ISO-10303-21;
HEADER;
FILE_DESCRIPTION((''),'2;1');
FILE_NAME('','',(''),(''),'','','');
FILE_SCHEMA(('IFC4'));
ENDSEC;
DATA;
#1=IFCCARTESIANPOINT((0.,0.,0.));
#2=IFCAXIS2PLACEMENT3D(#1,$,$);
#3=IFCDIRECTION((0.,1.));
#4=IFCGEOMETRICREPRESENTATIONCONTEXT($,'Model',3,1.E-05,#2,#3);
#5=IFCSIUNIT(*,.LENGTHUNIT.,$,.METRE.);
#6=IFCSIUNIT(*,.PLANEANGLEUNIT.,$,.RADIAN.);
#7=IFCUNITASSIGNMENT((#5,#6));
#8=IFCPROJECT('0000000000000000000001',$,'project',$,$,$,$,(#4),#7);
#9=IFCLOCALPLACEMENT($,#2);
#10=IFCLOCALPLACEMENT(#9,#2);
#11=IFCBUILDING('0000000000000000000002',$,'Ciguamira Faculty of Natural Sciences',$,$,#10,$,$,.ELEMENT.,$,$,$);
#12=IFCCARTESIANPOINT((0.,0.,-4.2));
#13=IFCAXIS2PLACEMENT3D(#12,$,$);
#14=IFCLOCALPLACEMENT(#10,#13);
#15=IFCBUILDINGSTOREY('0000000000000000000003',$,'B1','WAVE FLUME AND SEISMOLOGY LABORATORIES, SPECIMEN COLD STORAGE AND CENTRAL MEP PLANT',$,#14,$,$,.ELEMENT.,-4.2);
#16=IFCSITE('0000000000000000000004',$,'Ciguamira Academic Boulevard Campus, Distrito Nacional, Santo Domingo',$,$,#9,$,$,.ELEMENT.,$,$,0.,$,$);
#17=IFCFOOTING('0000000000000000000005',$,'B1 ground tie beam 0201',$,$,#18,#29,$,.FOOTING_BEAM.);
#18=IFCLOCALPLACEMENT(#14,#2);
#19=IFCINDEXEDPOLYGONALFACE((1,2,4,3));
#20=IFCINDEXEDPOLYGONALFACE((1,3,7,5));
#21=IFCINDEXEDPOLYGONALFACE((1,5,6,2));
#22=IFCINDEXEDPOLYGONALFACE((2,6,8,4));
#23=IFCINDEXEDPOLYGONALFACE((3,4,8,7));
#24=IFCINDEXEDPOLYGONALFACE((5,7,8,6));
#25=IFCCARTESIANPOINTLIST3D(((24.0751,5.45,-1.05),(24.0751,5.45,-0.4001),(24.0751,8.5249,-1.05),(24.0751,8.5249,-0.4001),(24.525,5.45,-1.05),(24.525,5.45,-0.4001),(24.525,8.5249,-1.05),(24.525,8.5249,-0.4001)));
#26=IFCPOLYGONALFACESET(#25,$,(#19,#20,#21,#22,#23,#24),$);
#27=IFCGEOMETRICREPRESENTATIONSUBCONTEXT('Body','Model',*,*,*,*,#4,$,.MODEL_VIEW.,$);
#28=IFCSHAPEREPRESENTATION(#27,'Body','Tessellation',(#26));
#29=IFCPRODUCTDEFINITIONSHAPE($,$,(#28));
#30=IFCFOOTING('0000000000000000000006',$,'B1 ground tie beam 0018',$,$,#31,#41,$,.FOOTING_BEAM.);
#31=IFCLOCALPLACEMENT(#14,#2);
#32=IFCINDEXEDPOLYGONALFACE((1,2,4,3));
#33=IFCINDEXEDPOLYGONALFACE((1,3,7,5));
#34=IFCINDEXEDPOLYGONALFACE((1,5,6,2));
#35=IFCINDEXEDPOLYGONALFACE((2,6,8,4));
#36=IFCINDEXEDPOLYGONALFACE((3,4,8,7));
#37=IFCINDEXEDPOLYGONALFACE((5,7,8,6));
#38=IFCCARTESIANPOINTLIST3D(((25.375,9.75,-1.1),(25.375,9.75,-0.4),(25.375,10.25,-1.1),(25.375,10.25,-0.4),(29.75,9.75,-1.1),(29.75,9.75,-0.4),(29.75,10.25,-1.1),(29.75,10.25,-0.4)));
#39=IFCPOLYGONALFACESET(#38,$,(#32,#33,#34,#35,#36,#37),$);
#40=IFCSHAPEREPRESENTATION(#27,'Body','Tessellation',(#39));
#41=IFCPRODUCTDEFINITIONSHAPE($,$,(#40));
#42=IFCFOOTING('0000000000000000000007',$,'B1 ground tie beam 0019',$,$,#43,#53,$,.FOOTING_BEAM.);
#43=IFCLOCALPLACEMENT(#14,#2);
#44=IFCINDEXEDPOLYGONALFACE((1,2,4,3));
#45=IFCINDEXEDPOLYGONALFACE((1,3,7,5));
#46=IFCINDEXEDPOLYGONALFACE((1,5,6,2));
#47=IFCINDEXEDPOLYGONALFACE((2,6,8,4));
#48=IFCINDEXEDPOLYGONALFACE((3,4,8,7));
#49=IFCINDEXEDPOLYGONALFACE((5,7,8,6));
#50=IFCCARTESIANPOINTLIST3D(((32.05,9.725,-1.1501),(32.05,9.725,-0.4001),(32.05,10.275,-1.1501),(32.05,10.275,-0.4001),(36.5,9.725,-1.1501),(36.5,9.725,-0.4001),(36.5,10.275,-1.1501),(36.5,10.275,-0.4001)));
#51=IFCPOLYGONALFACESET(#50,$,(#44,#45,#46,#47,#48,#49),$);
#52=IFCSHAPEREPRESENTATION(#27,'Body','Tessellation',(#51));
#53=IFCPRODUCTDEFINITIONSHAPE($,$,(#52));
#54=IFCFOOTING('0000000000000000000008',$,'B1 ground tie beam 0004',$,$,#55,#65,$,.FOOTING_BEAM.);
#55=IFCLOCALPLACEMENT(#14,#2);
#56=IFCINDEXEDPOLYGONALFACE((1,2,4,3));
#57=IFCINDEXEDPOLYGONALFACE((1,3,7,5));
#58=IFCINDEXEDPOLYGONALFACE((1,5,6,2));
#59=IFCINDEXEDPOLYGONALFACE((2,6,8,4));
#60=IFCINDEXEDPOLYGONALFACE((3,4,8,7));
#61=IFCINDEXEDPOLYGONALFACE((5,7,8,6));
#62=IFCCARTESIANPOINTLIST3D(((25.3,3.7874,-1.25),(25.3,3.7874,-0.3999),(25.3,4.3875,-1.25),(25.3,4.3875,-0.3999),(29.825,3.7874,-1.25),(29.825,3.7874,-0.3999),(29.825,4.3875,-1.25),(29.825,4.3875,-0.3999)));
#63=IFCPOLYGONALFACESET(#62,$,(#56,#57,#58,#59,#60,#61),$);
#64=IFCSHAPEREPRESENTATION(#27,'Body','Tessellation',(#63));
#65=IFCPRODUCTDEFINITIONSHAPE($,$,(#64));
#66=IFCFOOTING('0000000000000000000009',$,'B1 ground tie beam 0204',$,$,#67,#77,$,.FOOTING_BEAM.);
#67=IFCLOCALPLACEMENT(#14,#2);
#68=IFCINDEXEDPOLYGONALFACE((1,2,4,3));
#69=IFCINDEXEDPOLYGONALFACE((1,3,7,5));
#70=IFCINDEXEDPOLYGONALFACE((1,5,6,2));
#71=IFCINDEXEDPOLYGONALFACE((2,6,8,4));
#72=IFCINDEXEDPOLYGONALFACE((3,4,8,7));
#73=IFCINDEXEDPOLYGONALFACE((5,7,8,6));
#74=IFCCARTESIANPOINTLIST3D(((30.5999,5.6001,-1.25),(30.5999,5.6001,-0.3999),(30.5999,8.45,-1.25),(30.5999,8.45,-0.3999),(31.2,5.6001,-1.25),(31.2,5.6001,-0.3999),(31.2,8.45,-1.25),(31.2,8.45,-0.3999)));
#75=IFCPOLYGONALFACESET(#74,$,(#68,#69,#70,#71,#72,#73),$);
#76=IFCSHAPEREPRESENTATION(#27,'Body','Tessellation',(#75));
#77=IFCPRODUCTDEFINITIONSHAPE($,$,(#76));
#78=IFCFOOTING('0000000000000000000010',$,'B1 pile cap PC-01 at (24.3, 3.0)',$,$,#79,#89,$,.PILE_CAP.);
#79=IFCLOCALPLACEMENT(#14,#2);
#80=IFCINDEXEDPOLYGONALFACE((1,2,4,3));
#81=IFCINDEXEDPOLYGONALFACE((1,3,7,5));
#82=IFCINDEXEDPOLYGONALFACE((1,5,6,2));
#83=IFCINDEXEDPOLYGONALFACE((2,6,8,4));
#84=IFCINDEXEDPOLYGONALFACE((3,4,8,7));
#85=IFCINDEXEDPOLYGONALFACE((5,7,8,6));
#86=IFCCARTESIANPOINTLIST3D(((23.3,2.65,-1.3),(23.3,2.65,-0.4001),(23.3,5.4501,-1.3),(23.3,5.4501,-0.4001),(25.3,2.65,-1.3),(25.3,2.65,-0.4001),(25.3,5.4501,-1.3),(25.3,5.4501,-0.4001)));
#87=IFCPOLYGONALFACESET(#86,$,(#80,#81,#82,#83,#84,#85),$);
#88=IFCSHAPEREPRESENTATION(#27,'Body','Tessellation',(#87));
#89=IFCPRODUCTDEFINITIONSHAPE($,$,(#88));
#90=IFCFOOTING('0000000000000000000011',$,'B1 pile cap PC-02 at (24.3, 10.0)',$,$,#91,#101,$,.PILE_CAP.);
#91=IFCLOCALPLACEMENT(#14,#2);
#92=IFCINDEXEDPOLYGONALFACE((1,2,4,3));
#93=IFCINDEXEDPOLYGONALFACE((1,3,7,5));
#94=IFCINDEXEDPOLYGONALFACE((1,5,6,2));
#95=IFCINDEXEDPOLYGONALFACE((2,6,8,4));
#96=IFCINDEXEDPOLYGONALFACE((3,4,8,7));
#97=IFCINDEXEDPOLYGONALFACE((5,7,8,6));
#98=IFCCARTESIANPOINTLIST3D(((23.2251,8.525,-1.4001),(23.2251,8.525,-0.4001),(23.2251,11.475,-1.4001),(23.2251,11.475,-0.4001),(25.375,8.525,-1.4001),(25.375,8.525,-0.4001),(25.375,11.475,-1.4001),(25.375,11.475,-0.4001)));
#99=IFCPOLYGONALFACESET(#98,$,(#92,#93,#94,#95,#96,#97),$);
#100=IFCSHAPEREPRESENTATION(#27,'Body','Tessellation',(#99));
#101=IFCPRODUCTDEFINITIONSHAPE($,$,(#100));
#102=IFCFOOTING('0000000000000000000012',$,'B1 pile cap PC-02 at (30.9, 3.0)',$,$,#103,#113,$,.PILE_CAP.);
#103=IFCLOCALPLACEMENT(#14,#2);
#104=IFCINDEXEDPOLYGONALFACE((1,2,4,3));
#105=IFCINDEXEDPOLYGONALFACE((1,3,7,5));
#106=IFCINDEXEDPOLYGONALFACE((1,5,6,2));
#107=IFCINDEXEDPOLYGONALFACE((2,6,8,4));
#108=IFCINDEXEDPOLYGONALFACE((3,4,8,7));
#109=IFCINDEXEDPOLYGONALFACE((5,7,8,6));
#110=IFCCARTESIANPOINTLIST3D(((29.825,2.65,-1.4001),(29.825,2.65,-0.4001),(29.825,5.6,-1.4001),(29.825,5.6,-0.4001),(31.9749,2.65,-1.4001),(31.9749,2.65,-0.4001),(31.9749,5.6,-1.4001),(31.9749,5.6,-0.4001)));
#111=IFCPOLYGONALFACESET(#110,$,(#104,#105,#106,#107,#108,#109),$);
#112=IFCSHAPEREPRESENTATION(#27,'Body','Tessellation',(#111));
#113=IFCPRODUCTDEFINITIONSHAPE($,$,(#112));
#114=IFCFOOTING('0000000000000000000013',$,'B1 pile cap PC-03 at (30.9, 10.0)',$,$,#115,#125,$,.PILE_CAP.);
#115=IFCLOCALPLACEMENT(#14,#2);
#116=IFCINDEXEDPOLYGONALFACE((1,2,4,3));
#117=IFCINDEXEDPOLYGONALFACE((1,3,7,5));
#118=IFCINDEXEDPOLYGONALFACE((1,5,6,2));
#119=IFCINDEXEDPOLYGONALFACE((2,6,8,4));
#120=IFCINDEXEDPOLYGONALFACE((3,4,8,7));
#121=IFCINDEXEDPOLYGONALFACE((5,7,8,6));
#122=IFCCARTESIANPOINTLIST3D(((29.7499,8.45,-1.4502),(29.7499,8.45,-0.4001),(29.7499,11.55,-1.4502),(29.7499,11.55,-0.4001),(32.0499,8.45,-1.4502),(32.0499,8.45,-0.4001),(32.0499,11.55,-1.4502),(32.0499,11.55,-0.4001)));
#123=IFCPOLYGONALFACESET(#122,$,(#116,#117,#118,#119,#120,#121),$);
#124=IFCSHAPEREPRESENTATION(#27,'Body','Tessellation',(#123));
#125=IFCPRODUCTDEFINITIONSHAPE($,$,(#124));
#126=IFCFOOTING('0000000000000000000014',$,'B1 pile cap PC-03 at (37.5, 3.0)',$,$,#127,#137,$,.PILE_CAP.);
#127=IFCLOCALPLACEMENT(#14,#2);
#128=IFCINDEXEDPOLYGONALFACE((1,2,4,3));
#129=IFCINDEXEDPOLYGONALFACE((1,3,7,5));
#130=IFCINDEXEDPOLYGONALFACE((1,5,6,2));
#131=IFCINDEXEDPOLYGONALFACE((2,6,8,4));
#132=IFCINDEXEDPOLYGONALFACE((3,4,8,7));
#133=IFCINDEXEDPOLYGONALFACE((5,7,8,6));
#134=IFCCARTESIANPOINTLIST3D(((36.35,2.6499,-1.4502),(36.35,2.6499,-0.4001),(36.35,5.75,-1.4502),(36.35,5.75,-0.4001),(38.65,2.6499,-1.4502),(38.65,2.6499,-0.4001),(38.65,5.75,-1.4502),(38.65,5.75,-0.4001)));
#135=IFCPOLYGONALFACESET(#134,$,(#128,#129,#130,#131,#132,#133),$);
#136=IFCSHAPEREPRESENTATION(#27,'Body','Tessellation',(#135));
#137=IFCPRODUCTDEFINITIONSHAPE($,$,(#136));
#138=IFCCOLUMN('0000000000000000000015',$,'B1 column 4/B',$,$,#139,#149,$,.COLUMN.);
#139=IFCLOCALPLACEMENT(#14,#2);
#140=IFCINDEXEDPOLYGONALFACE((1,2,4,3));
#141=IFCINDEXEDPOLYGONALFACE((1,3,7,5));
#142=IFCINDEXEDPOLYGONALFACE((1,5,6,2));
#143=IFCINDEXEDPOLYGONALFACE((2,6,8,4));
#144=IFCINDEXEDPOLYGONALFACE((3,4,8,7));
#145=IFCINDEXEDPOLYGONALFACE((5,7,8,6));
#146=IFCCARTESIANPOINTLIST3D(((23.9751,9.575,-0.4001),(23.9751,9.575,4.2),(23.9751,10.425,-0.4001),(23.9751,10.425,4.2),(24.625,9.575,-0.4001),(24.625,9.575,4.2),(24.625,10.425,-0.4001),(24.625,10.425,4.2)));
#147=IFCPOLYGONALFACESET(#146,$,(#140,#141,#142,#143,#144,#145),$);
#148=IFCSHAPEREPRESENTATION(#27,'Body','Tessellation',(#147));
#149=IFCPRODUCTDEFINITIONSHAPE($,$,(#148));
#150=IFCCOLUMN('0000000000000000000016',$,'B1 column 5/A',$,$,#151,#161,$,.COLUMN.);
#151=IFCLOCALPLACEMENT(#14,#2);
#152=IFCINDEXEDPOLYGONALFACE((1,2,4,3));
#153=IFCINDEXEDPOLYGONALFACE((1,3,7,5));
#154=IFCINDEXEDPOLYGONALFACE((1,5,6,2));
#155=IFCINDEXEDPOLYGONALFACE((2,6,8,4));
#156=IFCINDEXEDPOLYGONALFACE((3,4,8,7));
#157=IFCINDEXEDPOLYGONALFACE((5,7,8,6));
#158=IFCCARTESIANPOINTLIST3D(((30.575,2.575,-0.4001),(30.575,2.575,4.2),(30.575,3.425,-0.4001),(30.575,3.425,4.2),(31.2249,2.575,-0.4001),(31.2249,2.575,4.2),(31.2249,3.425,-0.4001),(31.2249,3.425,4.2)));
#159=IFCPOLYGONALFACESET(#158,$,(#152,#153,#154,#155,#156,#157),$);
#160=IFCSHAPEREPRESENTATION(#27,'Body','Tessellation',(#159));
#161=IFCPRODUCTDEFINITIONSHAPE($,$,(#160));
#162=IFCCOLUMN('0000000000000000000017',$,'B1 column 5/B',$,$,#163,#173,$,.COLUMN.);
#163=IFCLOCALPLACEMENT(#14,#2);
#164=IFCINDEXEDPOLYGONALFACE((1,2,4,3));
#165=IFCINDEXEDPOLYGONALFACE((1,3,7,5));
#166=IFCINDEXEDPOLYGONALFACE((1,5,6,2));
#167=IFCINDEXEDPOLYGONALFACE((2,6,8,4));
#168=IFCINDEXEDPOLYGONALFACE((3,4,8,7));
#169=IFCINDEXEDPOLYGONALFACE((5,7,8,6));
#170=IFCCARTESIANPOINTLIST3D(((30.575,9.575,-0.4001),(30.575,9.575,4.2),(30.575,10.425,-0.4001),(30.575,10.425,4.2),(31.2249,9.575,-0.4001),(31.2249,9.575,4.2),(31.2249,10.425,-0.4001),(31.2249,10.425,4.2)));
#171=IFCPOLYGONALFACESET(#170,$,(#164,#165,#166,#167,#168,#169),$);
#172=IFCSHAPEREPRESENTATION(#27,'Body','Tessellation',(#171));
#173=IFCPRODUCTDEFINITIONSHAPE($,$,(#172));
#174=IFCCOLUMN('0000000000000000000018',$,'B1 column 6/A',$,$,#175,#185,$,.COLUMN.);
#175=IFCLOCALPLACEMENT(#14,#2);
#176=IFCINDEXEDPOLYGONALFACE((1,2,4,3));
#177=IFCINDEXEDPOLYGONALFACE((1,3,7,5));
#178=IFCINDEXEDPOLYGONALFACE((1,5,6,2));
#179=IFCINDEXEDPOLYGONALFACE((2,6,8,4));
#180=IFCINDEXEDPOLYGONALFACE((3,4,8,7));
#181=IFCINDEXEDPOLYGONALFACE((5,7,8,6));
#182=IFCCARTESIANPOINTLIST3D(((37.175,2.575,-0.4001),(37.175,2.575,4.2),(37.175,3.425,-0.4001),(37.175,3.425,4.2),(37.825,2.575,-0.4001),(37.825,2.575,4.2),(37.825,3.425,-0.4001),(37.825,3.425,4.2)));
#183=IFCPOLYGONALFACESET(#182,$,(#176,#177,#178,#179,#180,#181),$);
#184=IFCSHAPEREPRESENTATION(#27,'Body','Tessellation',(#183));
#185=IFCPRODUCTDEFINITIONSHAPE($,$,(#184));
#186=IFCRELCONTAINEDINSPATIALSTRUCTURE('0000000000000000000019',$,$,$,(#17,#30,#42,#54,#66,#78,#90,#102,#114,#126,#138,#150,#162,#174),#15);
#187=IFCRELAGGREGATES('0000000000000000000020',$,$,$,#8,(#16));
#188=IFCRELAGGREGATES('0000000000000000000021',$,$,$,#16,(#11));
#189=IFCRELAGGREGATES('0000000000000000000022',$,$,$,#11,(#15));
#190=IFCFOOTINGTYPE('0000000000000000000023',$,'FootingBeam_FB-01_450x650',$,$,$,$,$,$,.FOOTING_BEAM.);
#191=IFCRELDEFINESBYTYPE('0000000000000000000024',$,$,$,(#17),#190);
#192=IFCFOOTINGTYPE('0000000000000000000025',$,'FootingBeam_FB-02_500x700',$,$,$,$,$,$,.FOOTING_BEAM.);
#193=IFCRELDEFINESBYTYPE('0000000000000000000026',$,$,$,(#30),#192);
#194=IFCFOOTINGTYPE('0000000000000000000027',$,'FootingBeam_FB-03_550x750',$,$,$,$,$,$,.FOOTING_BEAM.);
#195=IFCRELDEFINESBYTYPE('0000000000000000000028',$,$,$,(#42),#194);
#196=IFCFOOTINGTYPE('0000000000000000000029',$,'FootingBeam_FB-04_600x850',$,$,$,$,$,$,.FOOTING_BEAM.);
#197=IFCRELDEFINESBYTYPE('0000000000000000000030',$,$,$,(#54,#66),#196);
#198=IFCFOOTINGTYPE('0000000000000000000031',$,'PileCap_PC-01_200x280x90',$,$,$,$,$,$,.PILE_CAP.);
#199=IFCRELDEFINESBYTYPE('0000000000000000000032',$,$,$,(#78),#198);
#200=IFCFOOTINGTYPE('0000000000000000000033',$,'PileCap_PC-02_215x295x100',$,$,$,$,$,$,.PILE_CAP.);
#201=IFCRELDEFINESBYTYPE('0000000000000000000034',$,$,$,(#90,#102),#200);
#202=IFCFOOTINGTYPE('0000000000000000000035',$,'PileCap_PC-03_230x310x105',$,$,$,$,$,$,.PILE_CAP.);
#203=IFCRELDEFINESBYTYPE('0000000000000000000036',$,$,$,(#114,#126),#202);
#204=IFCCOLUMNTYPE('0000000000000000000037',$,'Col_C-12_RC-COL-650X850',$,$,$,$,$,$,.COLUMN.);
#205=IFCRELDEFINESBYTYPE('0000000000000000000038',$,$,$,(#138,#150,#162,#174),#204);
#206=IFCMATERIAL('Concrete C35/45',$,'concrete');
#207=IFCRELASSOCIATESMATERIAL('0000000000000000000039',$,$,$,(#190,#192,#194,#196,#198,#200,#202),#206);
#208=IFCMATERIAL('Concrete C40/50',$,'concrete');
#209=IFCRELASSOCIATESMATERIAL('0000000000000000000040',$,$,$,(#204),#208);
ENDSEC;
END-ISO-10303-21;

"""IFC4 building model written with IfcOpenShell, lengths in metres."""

from ifc_helpers import new_model, si_unit, direction, frame, origin, origin_2d, place, context, subcontext, project, spatial, rectangle, extrude, material, material_profile, profile_set, type_object, element, save


model = new_model("IFC4")

# Units and contexts
model_context = context("Model", 3, precision=1e-05, world=origin(), true_north=direction((0.0, 1.0)))
body_context = subcontext(model_context, "Body", "Model", "MODEL_VIEW")
ifc_project = project(units=[si_unit("LENGTHUNIT", "METRE"), si_unit("PLANEANGLEUNIT", "RADIAN")], contexts=[model_context])

# Site, building, storey
site_placement = place(None, origin())
site = spatial("IfcSite", under=ifc_project, at=site_placement, Name="Ciguamira Academic Boulevard Campus, Distrito Nacional, Santo Domingo", CompositionType="ELEMENT", RefElevation=0.0)
building_placement = place(site_placement, origin())
building = spatial("IfcBuilding", under=site, at=building_placement, Name="Ciguamira Faculty of Natural Sciences", CompositionType="ELEMENT")
storey_placement = place(building_placement, frame((0.0, 0.0, -4.2)))
storey = spatial("IfcBuildingStorey", under=building, at=storey_placement, Name="B1", Description="WAVE FLUME AND SEISMOLOGY LABORATORIES, SPECIMEN COLD STORAGE AND CENTRAL MEP PLANT", CompositionType="ELEMENT", Elevation=-4.2)

# Shared definitions
ifc_material_1 = material(Name="Concrete C35/45", Category="concrete")

# Footings
ifc_material_profile_1 = material_profile(ifc_material_1, rectangle(XDim=0.45, YDim=0.6499, at=origin_2d()), Name="RC-FB-450X650")
ifc_profile_set_1 = profile_set([ifc_material_profile_1], Name="Concrete C35/45")
footing_type_1 = type_object("IfcFootingType", Name="FootingBeam_FB-01_450x650", PredefinedType="FOOTING_BEAM", material=ifc_profile_set_1)
footing_1_placement = place(storey_placement, frame((24.3, 5.45, -0.7251), z_axis=(0.0, 1.0, 0.0), x_axis=(-1.0, 0.0, 0.0)))
element("IfcFooting", 1, at=footing_1_placement, inside=storey, type_object=footing_type_1, Name="B1 ground tie beam 0201", PredefinedType="FOOTING_BEAM", context=body_context, shape_type="SweptSolid", body=[
    extrude(rectangle(XDim=0.45, YDim=0.6499, at=origin_2d()), origin(), (0.0, 0.0, 1.0), 3.075),
])
ifc_material_profile_2 = material_profile(ifc_material_1, rectangle(XDim=0.5, YDim=0.7, at=origin_2d()), Name="RC-FB-500X700")
ifc_profile_set_2 = profile_set([ifc_material_profile_2], Name="Concrete C35/45")
footing_type_2 = type_object("IfcFootingType", Name="FootingBeam_FB-02_500x700", PredefinedType="FOOTING_BEAM", material=ifc_profile_set_2)
footing_2_placement = place(storey_placement, frame((25.375, 10.0, -0.75), z_axis=(1.0, 0.0, 0.0), x_axis=(0.0, 1.0, 0.0)))
element("IfcFooting", 2, at=footing_2_placement, inside=storey, type_object=footing_type_2, Name="B1 ground tie beam 0018", PredefinedType="FOOTING_BEAM", context=body_context, shape_type="SweptSolid", body=[
    extrude(rectangle(XDim=0.5, YDim=0.7, at=origin_2d()), origin(), (0.0, 0.0, 1.0), 4.375),
])
ifc_material_profile_3 = material_profile(ifc_material_1, rectangle(XDim=0.55, YDim=0.75, at=origin_2d()), Name="RC-FB-550X750")
ifc_profile_set_3 = profile_set([ifc_material_profile_3], Name="Concrete C35/45")
footing_type_3 = type_object("IfcFootingType", Name="FootingBeam_FB-03_550x750", PredefinedType="FOOTING_BEAM", material=ifc_profile_set_3)
footing_3_placement = place(storey_placement, frame((32.05, 10.0, -0.7751), z_axis=(1.0, 0.0, 0.0), x_axis=(0.0, 1.0, 0.0)))
element("IfcFooting", 3, at=footing_3_placement, inside=storey, type_object=footing_type_3, Name="B1 ground tie beam 0019", PredefinedType="FOOTING_BEAM", context=body_context, shape_type="SweptSolid", body=[
    extrude(rectangle(XDim=0.55, YDim=0.75, at=origin_2d()), origin(), (0.0, 0.0, 1.0), 4.45),
])
ifc_material_profile_4 = material_profile(ifc_material_1, rectangle(XDim=0.6001, YDim=0.8501, at=origin_2d()), Name="RC-FB-600X850")
ifc_profile_set_4 = profile_set([ifc_material_profile_4], Name="Concrete C35/45")
footing_type_4 = type_object("IfcFootingType", Name="FootingBeam_FB-04_600x850", PredefinedType="FOOTING_BEAM", material=ifc_profile_set_4)
footing_4_placement = place(storey_placement, frame((25.3, 4.0874, -0.825), z_axis=(1.0, 0.0, 0.0), x_axis=(0.0, 1.0, 0.0)))
element("IfcFooting", 4, at=footing_4_placement, inside=storey, type_object=footing_type_4, Name="B1 ground tie beam 0004", PredefinedType="FOOTING_BEAM", context=body_context, shape_type="SweptSolid", body=[
    extrude(rectangle(XDim=0.6001, YDim=0.8501, at=origin_2d()), origin(), (0.0, 0.0, 1.0), 4.5249),
])
footing_5_placement = place(storey_placement, frame((30.8999, 5.6001, -0.825), z_axis=(0.0, 1.0, 0.0), x_axis=(-1.0, 0.0, 0.0)))
element("IfcFooting", 5, at=footing_5_placement, inside=storey, type_object=footing_type_4, Name="B1 ground tie beam 0204", PredefinedType="FOOTING_BEAM", context=body_context, shape_type="SweptSolid", body=[
    extrude(rectangle(XDim=0.6001, YDim=0.8501, at=origin_2d()), origin(), (0.0, 0.0, 1.0), 2.8499),
])
footing_type_5 = type_object("IfcFootingType", Name="PileCap_PC-01_200x280x90", PredefinedType="PILE_CAP", material=ifc_material_1)
footing_6_placement = place(storey_placement, frame((24.3, 4.05, -1.3), z_axis=(0.0, 0.0, 1.0), x_axis=(1.0, 0.0, 0.0)))
element("IfcFooting", 6, at=footing_6_placement, inside=storey, type_object=footing_type_5, Name="B1 pile cap PC-01 at (24.3, 3.0)", PredefinedType="PILE_CAP", context=body_context, shape_type="SweptSolid", body=[
    extrude(rectangle(XDim=2.0, YDim=2.8, at=origin_2d()), origin(), (0.0, 0.0, 1.0), 0.8999),
])
footing_type_6 = type_object("IfcFootingType", Name="PileCap_PC-02_215x295x100", PredefinedType="PILE_CAP", material=ifc_material_1)
for number, where, z_axis, x_axis, name in (
    (7, (24.3, 10.0, -1.4001), (0.0, 0.0, 1.0), (1.0, 0.0, 0.0), "B1 pile cap PC-02 at (24.3, 10.0)"),
    (8, (30.8999, 4.125, -1.4001), (0.0, 0.0, 1.0), (1.0, 0.0, 0.0), "B1 pile cap PC-02 at (30.9, 3.0)"),
):
    element("IfcFooting", number, at=place(storey_placement, frame(where, z_axis=z_axis, x_axis=x_axis)), inside=storey, type_object=footing_type_6, Name=name, PredefinedType="PILE_CAP", context=body_context, shape_type="SweptSolid", body=[
        extrude(rectangle(XDim=2.1499, YDim=2.95, at=origin_2d()), origin(), (0.0, 0.0, 1.0), 1.0),
    ])
footing_type_7 = type_object("IfcFootingType", Name="PileCap_PC-03_230x310x105", PredefinedType="PILE_CAP", material=ifc_material_1)
for number, where, z_axis, x_axis, name in (
    (9, (30.8999, 10.0, -1.4502), (0.0, 0.0, 1.0), (1.0, 0.0, 0.0), "B1 pile cap PC-03 at (30.9, 10.0)"),
    (10, (37.5, 4.2, -1.4502), (0.0, 0.0, 1.0), (1.0, 0.0, 0.0), "B1 pile cap PC-03 at (37.5, 3.0)"),
):
    element("IfcFooting", number, at=place(storey_placement, frame(where, z_axis=z_axis, x_axis=x_axis)), inside=storey, type_object=footing_type_7, Name=name, PredefinedType="PILE_CAP", context=body_context, shape_type="SweptSolid", body=[
        extrude(rectangle(XDim=2.3, YDim=3.1001, at=origin_2d()), origin(), (0.0, 0.0, 1.0), 1.05),
    ])

# Columns
ifc_material_2 = material(Name="Concrete C40/50", Category="concrete")
ifc_material_profile_5 = material_profile(ifc_material_2, rectangle(XDim=0.6499, YDim=0.8501, at=origin_2d()), Name="RC-COL-650X850")
ifc_profile_set_5 = profile_set([ifc_material_profile_5], Name="Concrete C40/50")
column_type = type_object("IfcColumnType", Name="Col_C-12_RC-COL-650X850", PredefinedType="COLUMN", material=ifc_profile_set_5)
for number, where, z_axis, x_axis, name in (
    (11, (24.3, 10.0, -0.4001), (0.0, 0.0, 1.0), (1.0, 0.0, 0.0), "B1 column 4/B"),
    (12, (30.8999, 3.0, -0.4001), (0.0, 0.0, 1.0), (1.0, 0.0, 0.0), "B1 column 5/A"),
    (13, (30.8999, 10.0, -0.4001), (0.0, 0.0, 1.0), (1.0, 0.0, 0.0), "B1 column 5/B"),
    (14, (37.5, 3.0, -0.4001), (0.0, 0.0, 1.0), (1.0, 0.0, 0.0), "B1 column 6/A"),
):
    element("IfcColumn", number, at=place(storey_placement, frame(where, z_axis=z_axis, x_axis=x_axis)), inside=storey, type_object=column_type, Name=name, PredefinedType="COLUMN", context=body_context, shape_type="SweptSolid", body=[
        extrude(rectangle(XDim=0.6499, YDim=0.8501, at=origin_2d()), origin(), (0.0, 0.0, 1.0), 4.6001),
    ])

save(model, "model.ifc")
